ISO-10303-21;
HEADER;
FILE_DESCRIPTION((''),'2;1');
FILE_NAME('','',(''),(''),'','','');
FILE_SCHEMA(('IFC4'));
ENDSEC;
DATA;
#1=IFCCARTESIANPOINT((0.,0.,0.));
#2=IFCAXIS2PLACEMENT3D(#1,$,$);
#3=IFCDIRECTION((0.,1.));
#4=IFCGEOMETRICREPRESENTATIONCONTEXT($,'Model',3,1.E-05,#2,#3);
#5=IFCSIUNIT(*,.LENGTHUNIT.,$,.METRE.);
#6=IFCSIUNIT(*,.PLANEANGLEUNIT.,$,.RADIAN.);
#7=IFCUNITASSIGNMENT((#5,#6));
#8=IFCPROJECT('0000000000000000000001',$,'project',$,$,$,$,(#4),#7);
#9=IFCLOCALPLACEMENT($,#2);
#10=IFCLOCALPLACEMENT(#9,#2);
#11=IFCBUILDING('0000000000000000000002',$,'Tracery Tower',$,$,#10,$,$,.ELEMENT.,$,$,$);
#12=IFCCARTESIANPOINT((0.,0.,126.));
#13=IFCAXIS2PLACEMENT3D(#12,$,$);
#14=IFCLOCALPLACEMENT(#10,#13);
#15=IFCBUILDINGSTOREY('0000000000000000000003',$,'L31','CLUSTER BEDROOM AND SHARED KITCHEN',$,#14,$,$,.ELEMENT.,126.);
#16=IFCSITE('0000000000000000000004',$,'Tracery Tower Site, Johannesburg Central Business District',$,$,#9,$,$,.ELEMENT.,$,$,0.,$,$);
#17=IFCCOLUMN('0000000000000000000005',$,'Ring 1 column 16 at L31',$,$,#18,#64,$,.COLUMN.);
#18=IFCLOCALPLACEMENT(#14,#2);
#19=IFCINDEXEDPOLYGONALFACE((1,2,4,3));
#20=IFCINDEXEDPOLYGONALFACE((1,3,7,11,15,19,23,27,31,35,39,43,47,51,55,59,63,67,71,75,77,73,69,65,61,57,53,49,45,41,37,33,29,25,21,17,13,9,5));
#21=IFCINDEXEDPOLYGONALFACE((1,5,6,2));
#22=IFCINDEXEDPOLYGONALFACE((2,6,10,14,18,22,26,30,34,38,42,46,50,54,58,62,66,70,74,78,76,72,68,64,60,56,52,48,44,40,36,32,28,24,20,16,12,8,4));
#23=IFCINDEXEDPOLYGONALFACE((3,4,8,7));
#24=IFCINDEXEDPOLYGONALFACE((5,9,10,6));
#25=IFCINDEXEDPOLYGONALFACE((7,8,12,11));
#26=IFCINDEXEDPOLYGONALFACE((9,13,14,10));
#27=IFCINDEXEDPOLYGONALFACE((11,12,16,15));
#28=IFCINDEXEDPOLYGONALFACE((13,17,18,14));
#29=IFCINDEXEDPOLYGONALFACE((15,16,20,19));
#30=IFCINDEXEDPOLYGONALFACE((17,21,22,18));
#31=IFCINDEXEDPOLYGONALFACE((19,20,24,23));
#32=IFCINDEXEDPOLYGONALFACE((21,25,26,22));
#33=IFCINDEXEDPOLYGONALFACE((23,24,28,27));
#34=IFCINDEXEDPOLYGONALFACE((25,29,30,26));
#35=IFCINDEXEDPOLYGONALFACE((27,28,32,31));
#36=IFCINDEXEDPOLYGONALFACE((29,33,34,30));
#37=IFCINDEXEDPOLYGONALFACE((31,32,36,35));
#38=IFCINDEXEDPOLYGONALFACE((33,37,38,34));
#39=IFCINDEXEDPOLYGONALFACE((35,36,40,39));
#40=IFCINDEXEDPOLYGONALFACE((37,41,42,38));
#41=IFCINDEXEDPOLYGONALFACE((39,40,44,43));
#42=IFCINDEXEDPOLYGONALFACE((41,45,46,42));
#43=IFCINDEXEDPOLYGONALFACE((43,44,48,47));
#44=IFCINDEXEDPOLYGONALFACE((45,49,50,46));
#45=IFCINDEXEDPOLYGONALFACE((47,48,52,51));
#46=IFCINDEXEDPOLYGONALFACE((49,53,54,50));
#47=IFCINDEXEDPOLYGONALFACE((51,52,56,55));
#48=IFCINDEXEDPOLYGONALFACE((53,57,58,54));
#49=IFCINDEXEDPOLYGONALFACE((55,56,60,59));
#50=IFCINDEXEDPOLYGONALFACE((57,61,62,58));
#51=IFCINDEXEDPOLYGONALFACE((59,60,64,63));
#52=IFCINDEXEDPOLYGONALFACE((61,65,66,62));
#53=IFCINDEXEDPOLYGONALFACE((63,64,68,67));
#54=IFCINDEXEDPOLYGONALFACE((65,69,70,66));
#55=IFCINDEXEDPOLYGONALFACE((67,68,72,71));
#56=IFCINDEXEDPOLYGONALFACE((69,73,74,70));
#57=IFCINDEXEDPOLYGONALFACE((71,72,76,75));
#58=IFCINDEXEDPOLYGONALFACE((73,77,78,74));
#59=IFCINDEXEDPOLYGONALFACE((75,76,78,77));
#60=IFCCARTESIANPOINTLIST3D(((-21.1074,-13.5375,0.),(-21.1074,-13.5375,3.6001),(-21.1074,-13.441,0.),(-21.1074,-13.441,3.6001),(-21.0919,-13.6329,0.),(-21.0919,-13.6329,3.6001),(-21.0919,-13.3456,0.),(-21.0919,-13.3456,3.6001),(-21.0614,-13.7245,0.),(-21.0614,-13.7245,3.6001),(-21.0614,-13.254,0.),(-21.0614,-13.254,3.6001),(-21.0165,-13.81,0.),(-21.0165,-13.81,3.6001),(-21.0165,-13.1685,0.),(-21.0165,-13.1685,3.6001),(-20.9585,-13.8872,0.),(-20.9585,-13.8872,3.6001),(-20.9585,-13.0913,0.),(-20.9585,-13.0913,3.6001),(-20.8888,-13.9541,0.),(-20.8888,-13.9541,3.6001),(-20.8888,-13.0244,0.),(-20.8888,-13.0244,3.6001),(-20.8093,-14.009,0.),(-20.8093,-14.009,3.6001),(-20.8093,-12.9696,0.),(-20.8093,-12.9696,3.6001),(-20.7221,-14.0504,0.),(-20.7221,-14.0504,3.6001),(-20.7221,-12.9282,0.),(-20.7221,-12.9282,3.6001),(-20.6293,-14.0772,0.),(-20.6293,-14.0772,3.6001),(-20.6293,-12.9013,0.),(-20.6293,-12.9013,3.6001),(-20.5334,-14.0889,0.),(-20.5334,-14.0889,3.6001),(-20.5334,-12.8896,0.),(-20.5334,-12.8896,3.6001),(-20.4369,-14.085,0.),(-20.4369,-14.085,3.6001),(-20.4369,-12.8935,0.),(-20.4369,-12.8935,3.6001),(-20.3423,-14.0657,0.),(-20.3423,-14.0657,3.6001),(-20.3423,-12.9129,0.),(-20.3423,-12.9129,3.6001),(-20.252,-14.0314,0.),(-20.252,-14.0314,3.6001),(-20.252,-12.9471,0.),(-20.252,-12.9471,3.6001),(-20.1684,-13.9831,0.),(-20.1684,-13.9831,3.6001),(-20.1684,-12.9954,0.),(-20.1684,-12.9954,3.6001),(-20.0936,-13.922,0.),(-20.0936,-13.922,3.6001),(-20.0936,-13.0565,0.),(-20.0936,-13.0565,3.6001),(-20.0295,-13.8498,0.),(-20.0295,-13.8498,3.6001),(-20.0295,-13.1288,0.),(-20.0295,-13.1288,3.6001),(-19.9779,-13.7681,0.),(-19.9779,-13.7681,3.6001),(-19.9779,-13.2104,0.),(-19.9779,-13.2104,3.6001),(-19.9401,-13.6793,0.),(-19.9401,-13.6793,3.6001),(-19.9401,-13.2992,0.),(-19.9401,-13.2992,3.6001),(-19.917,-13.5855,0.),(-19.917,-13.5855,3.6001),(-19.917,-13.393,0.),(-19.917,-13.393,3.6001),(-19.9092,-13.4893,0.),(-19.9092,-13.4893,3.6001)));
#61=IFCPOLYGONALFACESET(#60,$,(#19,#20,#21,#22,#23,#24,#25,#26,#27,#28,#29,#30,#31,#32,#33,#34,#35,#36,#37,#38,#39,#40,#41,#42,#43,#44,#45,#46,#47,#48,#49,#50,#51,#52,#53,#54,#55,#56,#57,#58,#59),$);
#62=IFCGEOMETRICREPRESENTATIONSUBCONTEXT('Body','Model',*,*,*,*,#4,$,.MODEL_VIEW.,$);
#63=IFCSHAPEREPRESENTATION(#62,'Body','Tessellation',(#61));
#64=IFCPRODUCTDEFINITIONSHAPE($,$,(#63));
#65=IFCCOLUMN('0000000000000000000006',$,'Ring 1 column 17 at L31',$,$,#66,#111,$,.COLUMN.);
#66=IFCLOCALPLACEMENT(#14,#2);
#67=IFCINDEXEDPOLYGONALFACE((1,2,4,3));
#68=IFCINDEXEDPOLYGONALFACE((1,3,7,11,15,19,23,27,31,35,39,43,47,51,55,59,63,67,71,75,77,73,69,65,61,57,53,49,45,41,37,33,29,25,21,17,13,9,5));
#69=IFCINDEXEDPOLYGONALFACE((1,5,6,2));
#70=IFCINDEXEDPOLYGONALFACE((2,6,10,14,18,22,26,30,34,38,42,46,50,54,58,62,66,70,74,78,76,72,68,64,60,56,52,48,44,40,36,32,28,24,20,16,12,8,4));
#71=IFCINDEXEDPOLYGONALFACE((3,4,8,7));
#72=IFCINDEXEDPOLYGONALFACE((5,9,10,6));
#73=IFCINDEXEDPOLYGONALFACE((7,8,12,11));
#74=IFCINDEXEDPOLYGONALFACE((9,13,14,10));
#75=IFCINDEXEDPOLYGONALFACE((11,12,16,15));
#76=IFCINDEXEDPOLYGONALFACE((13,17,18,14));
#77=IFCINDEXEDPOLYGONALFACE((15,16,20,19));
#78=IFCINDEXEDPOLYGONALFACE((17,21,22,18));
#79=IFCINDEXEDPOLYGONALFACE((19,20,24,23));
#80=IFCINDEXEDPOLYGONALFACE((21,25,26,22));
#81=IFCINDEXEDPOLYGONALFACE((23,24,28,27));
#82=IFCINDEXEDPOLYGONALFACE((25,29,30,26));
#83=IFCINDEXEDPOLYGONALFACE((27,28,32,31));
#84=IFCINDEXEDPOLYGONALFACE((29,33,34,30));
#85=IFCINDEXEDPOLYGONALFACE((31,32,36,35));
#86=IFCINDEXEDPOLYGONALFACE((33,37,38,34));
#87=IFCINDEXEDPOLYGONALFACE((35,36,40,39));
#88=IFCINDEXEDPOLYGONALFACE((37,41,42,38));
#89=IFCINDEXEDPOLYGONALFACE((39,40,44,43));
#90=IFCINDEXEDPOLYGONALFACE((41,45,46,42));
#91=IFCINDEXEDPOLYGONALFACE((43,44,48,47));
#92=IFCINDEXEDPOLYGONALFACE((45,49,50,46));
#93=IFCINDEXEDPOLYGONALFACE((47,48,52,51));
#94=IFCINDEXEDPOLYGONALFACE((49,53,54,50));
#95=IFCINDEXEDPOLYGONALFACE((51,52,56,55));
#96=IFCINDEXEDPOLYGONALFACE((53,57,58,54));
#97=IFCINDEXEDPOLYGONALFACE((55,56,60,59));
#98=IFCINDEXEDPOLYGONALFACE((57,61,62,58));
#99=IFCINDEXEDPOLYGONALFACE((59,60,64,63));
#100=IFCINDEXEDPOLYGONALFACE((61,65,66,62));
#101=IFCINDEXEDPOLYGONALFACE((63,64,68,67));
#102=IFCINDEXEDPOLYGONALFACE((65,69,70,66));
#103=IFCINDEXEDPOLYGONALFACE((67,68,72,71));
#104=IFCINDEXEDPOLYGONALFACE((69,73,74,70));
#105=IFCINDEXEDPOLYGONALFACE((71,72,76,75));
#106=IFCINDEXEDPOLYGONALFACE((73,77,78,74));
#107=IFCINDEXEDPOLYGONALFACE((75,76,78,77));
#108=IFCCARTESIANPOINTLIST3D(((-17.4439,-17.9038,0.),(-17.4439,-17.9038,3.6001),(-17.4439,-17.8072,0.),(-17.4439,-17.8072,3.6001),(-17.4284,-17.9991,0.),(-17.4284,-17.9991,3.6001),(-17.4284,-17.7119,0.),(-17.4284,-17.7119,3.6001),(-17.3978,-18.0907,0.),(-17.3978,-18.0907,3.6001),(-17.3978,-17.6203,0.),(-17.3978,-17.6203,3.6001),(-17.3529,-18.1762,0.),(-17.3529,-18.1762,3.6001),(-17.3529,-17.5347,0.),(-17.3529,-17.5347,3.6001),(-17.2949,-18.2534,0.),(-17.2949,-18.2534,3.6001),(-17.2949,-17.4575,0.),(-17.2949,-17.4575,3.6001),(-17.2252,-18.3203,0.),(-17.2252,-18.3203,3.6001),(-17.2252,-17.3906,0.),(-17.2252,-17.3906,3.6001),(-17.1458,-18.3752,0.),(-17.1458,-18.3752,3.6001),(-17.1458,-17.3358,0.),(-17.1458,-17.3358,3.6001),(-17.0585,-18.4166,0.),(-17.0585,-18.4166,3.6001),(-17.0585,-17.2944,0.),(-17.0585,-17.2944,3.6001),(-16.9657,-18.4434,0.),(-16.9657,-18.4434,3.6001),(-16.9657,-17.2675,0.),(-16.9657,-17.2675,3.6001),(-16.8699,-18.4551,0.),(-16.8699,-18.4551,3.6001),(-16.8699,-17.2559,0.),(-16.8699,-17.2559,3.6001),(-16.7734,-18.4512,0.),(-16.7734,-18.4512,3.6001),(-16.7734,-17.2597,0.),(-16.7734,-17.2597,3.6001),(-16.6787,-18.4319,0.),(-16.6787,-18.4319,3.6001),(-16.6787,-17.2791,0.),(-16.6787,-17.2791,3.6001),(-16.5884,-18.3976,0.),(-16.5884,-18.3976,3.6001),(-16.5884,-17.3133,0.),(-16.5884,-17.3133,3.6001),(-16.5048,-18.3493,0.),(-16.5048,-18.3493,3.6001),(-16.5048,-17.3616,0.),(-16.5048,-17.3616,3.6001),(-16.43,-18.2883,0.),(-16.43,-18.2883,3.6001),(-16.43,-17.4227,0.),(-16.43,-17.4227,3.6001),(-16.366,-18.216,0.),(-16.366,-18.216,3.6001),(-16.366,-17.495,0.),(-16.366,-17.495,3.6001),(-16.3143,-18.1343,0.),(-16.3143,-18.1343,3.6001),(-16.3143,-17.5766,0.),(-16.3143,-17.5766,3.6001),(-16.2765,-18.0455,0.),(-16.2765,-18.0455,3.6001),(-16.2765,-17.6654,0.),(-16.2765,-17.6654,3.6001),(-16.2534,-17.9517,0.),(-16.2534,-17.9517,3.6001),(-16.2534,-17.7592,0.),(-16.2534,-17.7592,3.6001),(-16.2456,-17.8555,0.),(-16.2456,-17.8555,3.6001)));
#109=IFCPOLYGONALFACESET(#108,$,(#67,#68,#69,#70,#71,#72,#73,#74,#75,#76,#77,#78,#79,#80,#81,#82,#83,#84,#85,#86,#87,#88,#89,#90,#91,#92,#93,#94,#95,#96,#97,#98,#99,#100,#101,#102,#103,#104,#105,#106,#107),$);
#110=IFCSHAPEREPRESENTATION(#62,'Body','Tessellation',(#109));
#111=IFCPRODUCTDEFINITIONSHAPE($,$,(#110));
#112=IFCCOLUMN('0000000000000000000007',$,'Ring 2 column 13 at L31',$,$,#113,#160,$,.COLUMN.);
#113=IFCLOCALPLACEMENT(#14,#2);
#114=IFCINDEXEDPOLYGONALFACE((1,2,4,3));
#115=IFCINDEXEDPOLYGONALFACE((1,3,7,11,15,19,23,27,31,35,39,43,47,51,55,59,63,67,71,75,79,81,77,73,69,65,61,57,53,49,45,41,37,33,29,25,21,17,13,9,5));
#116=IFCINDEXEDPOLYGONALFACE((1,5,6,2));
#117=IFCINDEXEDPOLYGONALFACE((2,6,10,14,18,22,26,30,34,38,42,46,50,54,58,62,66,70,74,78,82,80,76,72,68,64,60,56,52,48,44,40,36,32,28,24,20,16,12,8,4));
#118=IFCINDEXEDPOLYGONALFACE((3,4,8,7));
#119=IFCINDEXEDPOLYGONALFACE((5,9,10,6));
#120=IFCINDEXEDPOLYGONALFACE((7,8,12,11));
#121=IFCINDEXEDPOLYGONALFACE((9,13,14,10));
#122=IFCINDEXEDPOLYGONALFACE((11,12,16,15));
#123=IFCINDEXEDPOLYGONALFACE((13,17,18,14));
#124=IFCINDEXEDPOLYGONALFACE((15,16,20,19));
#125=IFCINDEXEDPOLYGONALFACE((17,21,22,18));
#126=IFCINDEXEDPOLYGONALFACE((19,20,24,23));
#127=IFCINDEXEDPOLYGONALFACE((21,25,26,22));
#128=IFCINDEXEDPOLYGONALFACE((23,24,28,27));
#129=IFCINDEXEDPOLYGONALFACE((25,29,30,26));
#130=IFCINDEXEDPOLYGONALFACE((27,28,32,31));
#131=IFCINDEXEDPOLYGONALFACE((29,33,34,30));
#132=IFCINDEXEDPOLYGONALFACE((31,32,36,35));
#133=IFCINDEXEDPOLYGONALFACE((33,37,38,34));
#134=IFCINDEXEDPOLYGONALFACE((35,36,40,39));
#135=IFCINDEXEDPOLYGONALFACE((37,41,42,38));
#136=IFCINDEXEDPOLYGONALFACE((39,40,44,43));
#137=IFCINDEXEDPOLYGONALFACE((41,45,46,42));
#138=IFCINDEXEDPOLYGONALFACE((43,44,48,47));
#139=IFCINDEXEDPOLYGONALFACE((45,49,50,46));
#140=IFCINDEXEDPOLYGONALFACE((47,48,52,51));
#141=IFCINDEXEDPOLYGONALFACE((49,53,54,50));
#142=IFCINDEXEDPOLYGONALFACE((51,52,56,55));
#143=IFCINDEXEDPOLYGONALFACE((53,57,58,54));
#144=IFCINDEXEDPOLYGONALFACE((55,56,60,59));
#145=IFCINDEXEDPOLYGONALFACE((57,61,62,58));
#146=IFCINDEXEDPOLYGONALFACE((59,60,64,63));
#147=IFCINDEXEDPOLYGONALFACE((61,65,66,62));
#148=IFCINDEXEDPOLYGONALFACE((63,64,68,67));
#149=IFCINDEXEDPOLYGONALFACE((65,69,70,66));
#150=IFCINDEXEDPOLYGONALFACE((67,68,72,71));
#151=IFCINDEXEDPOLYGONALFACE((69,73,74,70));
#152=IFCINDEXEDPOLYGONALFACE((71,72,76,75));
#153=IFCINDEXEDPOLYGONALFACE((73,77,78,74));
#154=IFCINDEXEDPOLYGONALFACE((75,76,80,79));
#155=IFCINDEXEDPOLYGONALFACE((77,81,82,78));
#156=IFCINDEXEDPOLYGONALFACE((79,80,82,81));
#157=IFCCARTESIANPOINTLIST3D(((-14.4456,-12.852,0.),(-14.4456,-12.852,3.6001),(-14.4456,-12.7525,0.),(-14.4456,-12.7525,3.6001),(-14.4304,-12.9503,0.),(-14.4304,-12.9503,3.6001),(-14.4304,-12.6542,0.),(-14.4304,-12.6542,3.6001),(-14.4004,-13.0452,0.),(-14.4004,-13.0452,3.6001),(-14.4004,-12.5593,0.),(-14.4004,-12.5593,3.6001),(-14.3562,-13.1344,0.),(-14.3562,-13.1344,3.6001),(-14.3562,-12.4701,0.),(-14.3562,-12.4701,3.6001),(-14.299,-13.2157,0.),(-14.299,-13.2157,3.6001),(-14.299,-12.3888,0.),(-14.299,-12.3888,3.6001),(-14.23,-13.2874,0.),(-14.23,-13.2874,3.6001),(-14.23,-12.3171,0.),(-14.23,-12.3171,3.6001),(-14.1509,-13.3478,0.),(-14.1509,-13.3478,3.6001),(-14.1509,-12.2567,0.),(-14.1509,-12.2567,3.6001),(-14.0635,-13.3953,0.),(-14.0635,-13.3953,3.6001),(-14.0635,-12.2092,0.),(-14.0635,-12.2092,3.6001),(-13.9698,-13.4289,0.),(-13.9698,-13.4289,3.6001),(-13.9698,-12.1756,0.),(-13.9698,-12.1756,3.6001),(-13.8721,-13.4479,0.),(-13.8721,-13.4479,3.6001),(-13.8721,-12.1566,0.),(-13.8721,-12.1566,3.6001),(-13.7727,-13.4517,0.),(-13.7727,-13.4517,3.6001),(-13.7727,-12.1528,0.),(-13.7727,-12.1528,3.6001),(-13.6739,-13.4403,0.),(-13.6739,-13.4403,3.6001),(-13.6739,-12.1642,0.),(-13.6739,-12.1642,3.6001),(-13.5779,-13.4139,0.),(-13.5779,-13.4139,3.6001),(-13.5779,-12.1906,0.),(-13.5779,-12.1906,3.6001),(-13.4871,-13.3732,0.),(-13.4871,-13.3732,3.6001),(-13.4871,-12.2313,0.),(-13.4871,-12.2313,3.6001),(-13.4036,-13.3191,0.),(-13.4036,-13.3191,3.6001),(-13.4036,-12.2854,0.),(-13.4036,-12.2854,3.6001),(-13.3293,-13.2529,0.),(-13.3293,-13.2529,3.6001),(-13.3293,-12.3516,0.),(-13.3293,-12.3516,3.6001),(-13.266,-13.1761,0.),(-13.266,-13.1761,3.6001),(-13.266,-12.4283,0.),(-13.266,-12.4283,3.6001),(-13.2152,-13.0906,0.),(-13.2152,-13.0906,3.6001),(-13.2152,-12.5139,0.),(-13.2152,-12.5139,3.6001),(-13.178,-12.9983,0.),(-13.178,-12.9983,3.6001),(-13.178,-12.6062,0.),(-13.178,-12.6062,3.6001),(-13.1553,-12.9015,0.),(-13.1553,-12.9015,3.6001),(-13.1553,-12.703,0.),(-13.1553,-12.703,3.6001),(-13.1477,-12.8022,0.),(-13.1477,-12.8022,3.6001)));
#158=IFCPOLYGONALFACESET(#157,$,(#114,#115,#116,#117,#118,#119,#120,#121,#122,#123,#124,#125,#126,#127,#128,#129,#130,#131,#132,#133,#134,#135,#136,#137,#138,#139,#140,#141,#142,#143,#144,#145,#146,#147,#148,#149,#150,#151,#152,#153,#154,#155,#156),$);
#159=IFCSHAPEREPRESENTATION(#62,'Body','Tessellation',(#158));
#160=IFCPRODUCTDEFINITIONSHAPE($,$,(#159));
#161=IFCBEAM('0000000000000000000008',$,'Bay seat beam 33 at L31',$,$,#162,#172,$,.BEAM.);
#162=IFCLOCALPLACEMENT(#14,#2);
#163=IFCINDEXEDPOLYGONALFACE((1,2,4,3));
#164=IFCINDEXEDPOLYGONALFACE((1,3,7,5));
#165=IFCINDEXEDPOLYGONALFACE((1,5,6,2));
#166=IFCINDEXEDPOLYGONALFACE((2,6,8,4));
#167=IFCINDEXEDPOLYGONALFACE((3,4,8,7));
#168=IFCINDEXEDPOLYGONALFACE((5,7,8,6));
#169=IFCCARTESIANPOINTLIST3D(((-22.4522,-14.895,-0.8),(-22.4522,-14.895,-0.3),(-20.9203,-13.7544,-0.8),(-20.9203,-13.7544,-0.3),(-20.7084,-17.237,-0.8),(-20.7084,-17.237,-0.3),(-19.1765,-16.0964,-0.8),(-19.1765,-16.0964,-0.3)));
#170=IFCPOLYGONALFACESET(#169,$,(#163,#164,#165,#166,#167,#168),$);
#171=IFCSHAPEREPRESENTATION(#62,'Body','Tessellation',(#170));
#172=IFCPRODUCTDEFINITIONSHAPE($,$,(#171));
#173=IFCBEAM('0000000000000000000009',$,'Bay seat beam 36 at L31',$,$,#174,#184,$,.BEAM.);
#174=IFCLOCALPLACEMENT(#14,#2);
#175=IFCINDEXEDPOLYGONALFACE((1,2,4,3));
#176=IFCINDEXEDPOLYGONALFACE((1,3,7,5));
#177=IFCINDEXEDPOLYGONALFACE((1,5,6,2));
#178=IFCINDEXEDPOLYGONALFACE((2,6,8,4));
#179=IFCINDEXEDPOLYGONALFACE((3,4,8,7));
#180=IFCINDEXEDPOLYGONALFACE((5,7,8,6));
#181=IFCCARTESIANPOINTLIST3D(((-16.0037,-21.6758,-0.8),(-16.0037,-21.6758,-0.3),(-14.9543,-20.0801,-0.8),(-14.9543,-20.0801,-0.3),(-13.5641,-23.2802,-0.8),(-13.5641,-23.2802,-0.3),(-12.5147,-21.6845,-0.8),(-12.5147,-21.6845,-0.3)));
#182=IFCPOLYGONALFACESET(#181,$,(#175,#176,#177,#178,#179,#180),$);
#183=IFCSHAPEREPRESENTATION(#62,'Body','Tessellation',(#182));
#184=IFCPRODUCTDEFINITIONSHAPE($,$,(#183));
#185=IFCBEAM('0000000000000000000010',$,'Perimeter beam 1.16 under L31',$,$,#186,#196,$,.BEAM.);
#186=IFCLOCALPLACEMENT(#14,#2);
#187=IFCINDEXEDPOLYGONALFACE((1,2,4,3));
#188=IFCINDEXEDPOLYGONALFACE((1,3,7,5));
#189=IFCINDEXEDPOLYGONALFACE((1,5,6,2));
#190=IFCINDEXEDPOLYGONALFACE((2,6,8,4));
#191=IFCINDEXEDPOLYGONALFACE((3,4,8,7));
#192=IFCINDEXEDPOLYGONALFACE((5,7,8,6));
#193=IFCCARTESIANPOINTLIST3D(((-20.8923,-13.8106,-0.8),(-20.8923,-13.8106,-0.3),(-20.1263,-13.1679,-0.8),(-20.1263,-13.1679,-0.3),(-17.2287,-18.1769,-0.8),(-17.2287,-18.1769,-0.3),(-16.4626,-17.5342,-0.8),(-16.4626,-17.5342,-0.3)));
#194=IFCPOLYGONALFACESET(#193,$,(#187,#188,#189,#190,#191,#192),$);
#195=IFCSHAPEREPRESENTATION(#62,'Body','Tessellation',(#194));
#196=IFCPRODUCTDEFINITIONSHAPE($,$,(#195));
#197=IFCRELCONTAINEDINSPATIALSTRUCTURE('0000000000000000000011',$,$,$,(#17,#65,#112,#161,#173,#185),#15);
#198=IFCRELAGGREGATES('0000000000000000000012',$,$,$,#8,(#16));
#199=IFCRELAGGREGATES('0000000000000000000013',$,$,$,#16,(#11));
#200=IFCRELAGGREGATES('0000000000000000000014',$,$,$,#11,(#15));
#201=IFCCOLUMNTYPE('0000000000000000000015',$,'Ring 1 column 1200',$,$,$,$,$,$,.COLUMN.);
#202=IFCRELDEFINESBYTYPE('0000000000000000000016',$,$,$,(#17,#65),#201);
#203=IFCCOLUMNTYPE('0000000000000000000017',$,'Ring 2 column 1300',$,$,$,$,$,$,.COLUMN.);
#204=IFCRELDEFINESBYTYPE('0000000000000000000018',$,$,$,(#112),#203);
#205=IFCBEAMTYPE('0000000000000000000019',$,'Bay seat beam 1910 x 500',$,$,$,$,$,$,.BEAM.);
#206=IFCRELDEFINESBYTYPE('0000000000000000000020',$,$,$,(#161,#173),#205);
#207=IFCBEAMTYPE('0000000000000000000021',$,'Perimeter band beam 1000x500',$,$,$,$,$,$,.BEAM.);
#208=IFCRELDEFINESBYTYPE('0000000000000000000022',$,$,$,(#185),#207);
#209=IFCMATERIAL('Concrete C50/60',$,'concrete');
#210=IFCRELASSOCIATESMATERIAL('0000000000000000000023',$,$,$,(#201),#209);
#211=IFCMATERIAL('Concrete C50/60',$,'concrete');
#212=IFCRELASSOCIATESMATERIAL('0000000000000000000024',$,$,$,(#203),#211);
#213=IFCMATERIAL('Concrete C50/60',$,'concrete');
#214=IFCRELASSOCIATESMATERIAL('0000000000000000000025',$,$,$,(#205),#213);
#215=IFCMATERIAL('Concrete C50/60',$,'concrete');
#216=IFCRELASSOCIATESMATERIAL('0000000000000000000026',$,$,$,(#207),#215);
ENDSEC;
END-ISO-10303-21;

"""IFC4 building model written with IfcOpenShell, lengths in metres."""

from ifc_helpers import new_model, si_unit, direction, frame, origin, origin_2d, place, context, subcontext, project, spatial, rectangle, circle, extrude, material, material_profile, profile_set, type_object, element, save


model = new_model("IFC4")

# Units and contexts
model_context = context("Model", 3, precision=1e-05, world=origin(), true_north=direction((0.0, 1.0)))
body_context = subcontext(model_context, "Body", "Model", "MODEL_VIEW")
ifc_project = project(units=[si_unit("LENGTHUNIT", "METRE"), si_unit("PLANEANGLEUNIT", "RADIAN")], contexts=[model_context])

# Site, building, storey
site_placement = place(None, origin())
site = spatial("IfcSite", under=ifc_project, at=site_placement, Name="Tracery Tower Site, Johannesburg Central Business District", CompositionType="ELEMENT", RefElevation=0.0)
building_placement = place(site_placement, origin())
building = spatial("IfcBuilding", under=site, at=building_placement, Name="Tracery Tower", CompositionType="ELEMENT")
storey_placement = place(building_placement, frame((0.0, 0.0, 126.0)))
storey = spatial("IfcBuildingStorey", under=building, at=storey_placement, Name="L31", Description="CLUSTER BEDROOM AND SHARED KITCHEN", CompositionType="ELEMENT", Elevation=126.0)

# Columns
ifc_material_1 = material(Name="Concrete C50/60", Category="concrete")
ifc_material_profile_1 = material_profile(ifc_material_1, circle(Radius=0.6001, at=origin_2d()), Name="RC D1200")
ifc_profile_set_1 = profile_set([ifc_material_profile_1], Name="Concrete C50/60")
column_type_1 = type_object("IfcColumnType", Name="Ring 1 column 1200", PredefinedType="COLUMN", material=ifc_profile_set_1)
for number, where, z_axis, x_axis, name in (
    (1, (-20.5093, -13.4893, 0.0), (0.0, 0.0, 1.0), (1.0, 0.0, 0.0), "Ring 1 column 16 at L31"),
    (2, (-16.8457, -17.8555, 0.0), (0.0, 0.0, 1.0), (1.0, 0.0, 0.0), "Ring 1 column 17 at L31"),
):
    element("IfcColumn", number, at=place(storey_placement, frame(where, z_axis=z_axis, x_axis=x_axis)), inside=storey, type_object=column_type_1, Name=name, PredefinedType="COLUMN", context=body_context, shape_type="SweptSolid", body=[
        extrude(circle(Radius=0.6001, at=origin_2d()), origin(), (0.0, 0.0, 1.0), 3.6001),
    ])
ifc_material_2 = material(Name="Concrete C50/60", Category="concrete")
ifc_material_profile_2 = material_profile(ifc_material_2, circle(Radius=0.6499, at=origin_2d()), Name="RC D1300")
ifc_profile_set_2 = profile_set([ifc_material_profile_2], Name="Concrete C50/60")
column_type_2 = type_object("IfcColumnType", Name="Ring 2 column 1300", PredefinedType="COLUMN", material=ifc_profile_set_2)
column_placement = place(storey_placement, frame((-13.7976, -12.8022, 0.0), z_axis=(0.0, 0.0, 1.0), x_axis=(1.0, 0.0, 0.0)))
element("IfcColumn", 3, at=column_placement, inside=storey, type_object=column_type_2, Name="Ring 2 column 13 at L31", PredefinedType="COLUMN", context=body_context, shape_type="SweptSolid", body=[
    extrude(circle(Radius=0.6499, at=origin_2d()), origin(), (0.0, 0.0, 1.0), 3.6001),
])

# Beams
ifc_material_3 = material(Name="Concrete C50/60", Category="concrete")
ifc_material_profile_3 = material_profile(ifc_material_3, rectangle(XDim=1.9099, YDim=0.5, at=origin_2d()), Name="RC 1910x500")
ifc_profile_set_3 = profile_set([ifc_material_profile_3], Name="Concrete C50/60")
beam_type_1 = type_object("IfcBeamType", Name="Bay seat beam 1910 x 500", PredefinedType="BEAM", material=ifc_profile_set_3)
for number, where, z_axis, x_axis, name in (
    (4, (-21.6863, -14.3247, -0.55), (0.597227, -0.802072, 0.0), (0.802072, 0.597227, 0.0), "Bay seat beam 33 at L31"),
    (5, (-15.479, -20.8779, -0.55), (0.835507, -0.54948, 0.0), (0.54948, 0.835507, 0.0), "Bay seat beam 36 at L31"),
):
    element("IfcBeam", number, at=place(storey_placement, frame(where, z_axis=z_axis, x_axis=x_axis)), inside=storey, type_object=beam_type_1, Name=name, PredefinedType="BEAM", context=body_context, shape_type="SweptSolid", body=[
        extrude(rectangle(XDim=1.9099, YDim=0.5, at=origin_2d()), origin(), (0.0, 0.0, 1.0), 2.9199),
    ])
ifc_material_4 = material(Name="Concrete C50/60", Category="concrete")
ifc_material_profile_4 = material_profile(ifc_material_4, rectangle(XDim=1.0, YDim=0.5, at=origin_2d()), Name="RC 1000x500")
ifc_profile_set_4 = profile_set([ifc_material_profile_4], Name="Concrete C50/60")
beam_type_2 = type_object("IfcBeamType", Name="Perimeter band beam 1000x500", PredefinedType="BEAM", material=ifc_profile_set_4)
beam_1_placement = place(storey_placement, frame((-20.5093, -13.4893, -0.55), z_axis=(0.642776, -0.766054, 0.0), x_axis=(0.766054, 0.642776, 0.0)))
element("IfcBeam", 6, at=beam_1_placement, inside=storey, type_object=beam_type_2, Name="Perimeter beam 1.16 under L31", PredefinedType="BEAM", context=body_context, shape_type="SweptSolid", body=[
    extrude(rectangle(XDim=1.0, YDim=0.5, at=origin_2d()), origin(), (0.0, 0.0, 1.0), 5.6997),
])

save(model, "model.ifc")
